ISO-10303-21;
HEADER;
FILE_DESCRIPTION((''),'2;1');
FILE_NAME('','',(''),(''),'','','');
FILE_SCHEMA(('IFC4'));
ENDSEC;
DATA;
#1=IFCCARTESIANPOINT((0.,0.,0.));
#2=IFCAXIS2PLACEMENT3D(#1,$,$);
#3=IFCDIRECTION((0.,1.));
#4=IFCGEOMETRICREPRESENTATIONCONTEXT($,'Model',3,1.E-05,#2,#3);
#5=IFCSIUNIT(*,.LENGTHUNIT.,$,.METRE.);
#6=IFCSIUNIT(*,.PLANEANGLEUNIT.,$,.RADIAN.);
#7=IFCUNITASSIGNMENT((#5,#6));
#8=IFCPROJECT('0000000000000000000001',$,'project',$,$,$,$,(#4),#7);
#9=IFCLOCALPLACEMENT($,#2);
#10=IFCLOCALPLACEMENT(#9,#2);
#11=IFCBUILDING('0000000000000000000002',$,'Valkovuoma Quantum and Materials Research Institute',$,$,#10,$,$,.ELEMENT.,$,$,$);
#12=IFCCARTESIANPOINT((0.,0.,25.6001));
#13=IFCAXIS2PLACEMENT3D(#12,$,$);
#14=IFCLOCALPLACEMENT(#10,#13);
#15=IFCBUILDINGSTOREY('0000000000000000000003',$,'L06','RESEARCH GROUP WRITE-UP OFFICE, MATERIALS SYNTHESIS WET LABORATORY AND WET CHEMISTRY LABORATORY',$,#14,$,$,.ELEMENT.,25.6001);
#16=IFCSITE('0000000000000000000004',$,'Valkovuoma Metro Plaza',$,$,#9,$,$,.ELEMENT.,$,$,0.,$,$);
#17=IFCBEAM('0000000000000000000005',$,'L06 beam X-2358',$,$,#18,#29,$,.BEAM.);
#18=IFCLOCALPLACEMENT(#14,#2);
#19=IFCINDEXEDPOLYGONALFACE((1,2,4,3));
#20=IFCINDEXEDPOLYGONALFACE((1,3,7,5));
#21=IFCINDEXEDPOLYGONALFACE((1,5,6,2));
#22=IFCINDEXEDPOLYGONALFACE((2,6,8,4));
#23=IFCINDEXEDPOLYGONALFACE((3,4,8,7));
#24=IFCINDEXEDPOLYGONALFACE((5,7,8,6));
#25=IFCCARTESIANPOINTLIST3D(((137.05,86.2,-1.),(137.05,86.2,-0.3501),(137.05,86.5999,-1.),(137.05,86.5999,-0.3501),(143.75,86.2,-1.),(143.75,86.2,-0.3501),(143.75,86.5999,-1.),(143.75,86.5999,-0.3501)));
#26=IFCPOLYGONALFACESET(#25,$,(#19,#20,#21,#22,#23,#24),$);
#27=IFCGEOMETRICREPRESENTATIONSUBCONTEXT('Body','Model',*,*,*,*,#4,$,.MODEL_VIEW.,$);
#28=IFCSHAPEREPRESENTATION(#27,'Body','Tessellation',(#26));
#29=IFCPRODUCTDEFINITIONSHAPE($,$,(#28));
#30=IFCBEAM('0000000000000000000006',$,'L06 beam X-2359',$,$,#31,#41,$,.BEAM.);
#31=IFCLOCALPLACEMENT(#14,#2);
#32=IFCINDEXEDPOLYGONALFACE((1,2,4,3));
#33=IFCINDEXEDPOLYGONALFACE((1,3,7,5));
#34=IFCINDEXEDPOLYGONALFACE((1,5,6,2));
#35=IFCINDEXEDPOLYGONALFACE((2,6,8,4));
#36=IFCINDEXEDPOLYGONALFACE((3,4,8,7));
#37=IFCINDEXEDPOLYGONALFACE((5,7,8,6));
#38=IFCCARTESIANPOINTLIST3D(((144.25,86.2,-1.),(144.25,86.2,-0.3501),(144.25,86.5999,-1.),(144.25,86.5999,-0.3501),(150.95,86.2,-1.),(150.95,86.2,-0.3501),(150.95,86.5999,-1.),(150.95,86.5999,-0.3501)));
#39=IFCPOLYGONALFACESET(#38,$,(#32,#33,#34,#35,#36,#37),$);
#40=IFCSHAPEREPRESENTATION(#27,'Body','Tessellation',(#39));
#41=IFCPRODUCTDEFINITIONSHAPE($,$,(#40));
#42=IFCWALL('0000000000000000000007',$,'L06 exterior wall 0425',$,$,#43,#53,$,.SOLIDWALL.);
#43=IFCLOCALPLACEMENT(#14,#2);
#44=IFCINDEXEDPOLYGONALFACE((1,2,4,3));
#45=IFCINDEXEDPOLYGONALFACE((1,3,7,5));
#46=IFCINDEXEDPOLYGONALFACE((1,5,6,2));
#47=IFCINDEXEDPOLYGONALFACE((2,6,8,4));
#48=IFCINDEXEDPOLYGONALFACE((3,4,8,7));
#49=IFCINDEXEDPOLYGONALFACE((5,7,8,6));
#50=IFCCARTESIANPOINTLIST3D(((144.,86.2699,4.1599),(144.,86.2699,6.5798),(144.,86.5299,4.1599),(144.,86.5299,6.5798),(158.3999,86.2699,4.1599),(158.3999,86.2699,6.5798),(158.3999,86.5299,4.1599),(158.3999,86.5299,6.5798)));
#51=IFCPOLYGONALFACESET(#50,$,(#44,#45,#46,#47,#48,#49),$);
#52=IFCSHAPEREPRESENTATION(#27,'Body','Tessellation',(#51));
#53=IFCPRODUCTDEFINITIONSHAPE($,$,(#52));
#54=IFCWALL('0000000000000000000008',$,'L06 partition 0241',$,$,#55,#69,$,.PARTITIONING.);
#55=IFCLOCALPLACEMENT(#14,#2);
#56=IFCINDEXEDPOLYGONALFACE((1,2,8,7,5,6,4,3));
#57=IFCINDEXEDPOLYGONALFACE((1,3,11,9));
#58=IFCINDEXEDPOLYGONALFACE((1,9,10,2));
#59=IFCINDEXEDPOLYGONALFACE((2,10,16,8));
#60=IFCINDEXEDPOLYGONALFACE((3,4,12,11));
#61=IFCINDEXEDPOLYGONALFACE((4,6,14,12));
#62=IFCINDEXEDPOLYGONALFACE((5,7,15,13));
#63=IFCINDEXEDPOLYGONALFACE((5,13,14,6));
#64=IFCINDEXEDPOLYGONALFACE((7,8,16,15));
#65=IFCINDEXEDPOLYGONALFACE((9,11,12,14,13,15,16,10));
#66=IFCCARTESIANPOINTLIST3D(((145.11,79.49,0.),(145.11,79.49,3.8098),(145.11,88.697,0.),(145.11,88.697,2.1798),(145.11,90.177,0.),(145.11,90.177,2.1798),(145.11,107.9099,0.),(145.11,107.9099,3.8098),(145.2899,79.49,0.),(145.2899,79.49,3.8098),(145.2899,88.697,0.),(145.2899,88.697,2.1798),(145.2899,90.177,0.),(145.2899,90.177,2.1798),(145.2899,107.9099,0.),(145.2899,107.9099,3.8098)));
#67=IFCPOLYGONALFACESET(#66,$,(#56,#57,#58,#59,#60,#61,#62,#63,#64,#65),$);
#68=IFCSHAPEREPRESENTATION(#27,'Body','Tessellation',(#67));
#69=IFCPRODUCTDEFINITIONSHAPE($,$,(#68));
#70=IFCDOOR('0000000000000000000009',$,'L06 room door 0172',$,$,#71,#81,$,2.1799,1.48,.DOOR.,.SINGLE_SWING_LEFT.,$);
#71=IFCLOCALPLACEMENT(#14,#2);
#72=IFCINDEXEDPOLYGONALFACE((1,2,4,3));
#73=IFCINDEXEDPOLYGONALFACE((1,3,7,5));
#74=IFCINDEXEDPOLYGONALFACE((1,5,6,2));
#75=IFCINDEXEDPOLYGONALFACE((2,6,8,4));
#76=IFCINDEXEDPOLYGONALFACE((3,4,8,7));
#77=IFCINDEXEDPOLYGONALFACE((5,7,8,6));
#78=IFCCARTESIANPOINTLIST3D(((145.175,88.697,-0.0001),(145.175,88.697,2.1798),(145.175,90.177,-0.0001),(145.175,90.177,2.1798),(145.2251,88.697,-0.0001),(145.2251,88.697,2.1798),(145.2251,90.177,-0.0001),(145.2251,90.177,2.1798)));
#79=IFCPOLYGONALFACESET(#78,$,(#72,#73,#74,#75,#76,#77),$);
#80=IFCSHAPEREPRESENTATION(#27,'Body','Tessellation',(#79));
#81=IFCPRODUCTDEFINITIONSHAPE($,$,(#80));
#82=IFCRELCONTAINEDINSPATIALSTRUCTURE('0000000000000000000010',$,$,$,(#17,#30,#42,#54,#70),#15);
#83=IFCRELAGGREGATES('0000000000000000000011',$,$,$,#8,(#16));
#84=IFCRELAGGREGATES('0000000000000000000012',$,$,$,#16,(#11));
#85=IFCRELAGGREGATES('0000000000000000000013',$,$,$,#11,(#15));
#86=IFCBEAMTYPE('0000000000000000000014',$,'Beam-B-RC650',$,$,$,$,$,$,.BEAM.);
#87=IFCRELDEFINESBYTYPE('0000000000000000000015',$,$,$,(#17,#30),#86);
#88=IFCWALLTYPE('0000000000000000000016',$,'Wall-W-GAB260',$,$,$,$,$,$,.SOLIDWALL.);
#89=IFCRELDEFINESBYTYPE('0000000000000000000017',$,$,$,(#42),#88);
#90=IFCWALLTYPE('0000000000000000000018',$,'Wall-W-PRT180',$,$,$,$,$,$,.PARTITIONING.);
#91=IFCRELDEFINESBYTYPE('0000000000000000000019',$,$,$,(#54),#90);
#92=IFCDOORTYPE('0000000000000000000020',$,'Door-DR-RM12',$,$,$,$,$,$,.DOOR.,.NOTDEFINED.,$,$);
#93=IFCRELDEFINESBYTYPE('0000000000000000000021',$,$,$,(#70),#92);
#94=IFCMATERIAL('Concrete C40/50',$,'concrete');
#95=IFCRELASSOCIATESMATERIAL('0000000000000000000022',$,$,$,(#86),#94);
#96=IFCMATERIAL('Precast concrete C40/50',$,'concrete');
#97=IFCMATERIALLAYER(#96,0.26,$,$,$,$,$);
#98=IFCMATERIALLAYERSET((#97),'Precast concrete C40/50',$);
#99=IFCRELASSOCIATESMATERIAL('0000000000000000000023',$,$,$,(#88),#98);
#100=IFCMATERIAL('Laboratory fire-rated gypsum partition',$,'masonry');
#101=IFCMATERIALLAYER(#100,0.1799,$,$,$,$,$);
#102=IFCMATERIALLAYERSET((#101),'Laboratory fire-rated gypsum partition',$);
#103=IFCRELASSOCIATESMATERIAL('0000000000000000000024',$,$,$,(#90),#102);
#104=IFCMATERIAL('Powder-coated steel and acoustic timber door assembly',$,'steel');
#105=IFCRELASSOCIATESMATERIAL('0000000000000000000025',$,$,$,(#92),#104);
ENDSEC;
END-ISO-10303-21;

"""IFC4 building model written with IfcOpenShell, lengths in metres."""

from ifc_helpers import new_model, si_unit, direction, frame, frame_2d, origin, origin_2d, place, context, subcontext, project, spatial, rectangle, extrude, material, layer, layer_set, material_profile, profile_set, type_object, element, fill, save


model = new_model("IFC4")

# Units and contexts
model_context = context("Model", 3, precision=1e-05, world=origin(), true_north=direction((0.0, 1.0)))
body_context = subcontext(model_context, "Body", "Model", "MODEL_VIEW")
ifc_project = project(units=[si_unit("LENGTHUNIT", "METRE"), si_unit("PLANEANGLEUNIT", "RADIAN")], contexts=[model_context])

# Site, building, storey
site_placement = place(None, origin())
site = spatial("IfcSite", under=ifc_project, at=site_placement, Name="Valkovuoma Metro Plaza", CompositionType="ELEMENT", RefElevation=0.0)
building_placement = place(site_placement, origin())
building = spatial("IfcBuilding", under=site, at=building_placement, Name="Valkovuoma Quantum and Materials Research Institute", CompositionType="ELEMENT")
storey_placement = place(building_placement, frame((0.0, 0.0, 25.6001)))
storey = spatial("IfcBuildingStorey", under=building, at=storey_placement, Name="L06", Description="RESEARCH GROUP WRITE-UP OFFICE, MATERIALS SYNTHESIS WET LABORATORY AND WET CHEMISTRY LABORATORY", CompositionType="ELEMENT", Elevation=25.6001)

# Beams
ifc_material_1 = material(Name="Concrete C40/50", Category="concrete")
ifc_material_profile_1 = material_profile(ifc_material_1, rectangle(XDim=0.3999, YDim=0.6499, at=origin_2d()), Name="Concrete C40/50")
ifc_profile_set_1 = profile_set([ifc_material_profile_1], Name="Concrete C40/50")
beam_type_1 = type_object("IfcBeamType", Name="Beam-B-RC650", PredefinedType="BEAM", material=ifc_profile_set_1)
for number, where, z_axis, x_axis, name in (
    (1, (137.05, 86.3999, -0.675), (1.0, 0.0, 0.0), (0.0, 1.0, 0.0), "L06 beam X-2358"),
    (2, (144.25, 86.3999, -0.675), (1.0, 0.0, 0.0), (0.0, 1.0, 0.0), "L06 beam X-2359"),
):
    element("IfcBeam", number, at=place(storey_placement, frame(where, z_axis=z_axis, x_axis=x_axis)), inside=storey, type_object=beam_type_1, Name=name, PredefinedType="BEAM", context=body_context, shape_type="SweptSolid", body=[
        extrude(rectangle(XDim=0.3999, YDim=0.6499, at=origin_2d()), origin(), (0.0, 0.0, 1.0), 6.7),
    ])

# Wall
ifc_material_2 = material(Name="Precast concrete C40/50", Category="concrete")
ifc_layer_1 = layer(ifc_material_2, 0.26)
ifc_layer_set_1 = layer_set([ifc_layer_1], Name="Precast concrete C40/50")
wall_type_1 = type_object("IfcWallType", Name="Wall-W-GAB260", PredefinedType="SOLIDWALL", material=ifc_layer_set_1)
wall_1_placement = place(storey_placement, frame((144.0, 86.3999, 4.1599), z_axis=(0.0, 0.0, 1.0), x_axis=(1.0, 0.0, 0.0)))
element("IfcWall", 3, at=wall_1_placement, inside=storey, type_object=wall_type_1, Name="L06 exterior wall 0425", PredefinedType="SOLIDWALL", context=body_context, shape_type="SweptSolid", body=[
    extrude(rectangle(XDim=14.3999, YDim=0.26, at=frame_2d((7.2, 0.0))), origin(), (0.0, 0.0, 1.0), 2.4199),
])

# Wall, opening, door
ifc_material_3 = material(Name="Laboratory fire-rated gypsum partition", Category="masonry")
ifc_layer_2 = layer(ifc_material_3, 0.1799)
ifc_layer_set_2 = layer_set([ifc_layer_2], Name="Laboratory fire-rated gypsum partition")
wall_type_2 = type_object("IfcWallType", Name="Wall-W-PRT180", PredefinedType="PARTITIONING", material=ifc_layer_set_2)
wall_2_placement = place(storey_placement, frame((145.2, 79.49, 0.0), z_axis=(0.0, 0.0, 1.0), x_axis=(0.0, 1.0, 0.0)))
wall_2 = element("IfcWall", 4, at=wall_2_placement, inside=storey, type_object=wall_type_2, Name="L06 partition 0241", PredefinedType="PARTITIONING", context=body_context, shape_type="SweptSolid", body=[
    extrude(rectangle(XDim=28.4199, YDim=0.1799, at=frame_2d((14.21, 0.0))), origin(), (0.0, 0.0, 1.0), 3.8098),
])
opening_placement = place(wall_2_placement, frame((9.207, 0.0, 0.0)))
opening = element("IfcOpeningElement", 5, at=opening_placement, cuts=wall_2, PredefinedType="OPENING", context=body_context, shape_type="SweptSolid", body=[
    extrude(rectangle(XDim=1.48, YDim=2.1799, at=frame_2d((0.74, 1.0898))), frame((0.0, 0.1001, 0.0), z_axis=(0.0, -1.0, 0.0), x_axis=(1.0, 0.0, 0.0)), (0.0, 0.0, 1.0), 0.2),
])
ifc_material_4 = material(Name="Powder-coated steel and acoustic timber door assembly", Category="steel")
door_type = type_object("IfcDoorType", Name="Door-DR-RM12", OperationType="NOTDEFINED", PredefinedType="DOOR", material=ifc_material_4)
door_placement = place(opening_placement, origin())
door = element("IfcDoor", 6, at=door_placement, inside=storey, type_object=door_type, Name="L06 room door 0172", OperationType="SINGLE_SWING_LEFT", OverallHeight=2.1799, OverallWidth=1.48, PredefinedType="DOOR", context=body_context, shape_type="SweptSolid", body=[
    extrude(rectangle(XDim=1.48, YDim=2.1799, at=frame_2d((0.74, 1.0898))), frame((0.0, 0.0249, 0.0), z_axis=(0.0, -1.0, 0.0), x_axis=(1.0, 0.0, 0.0)), (0.0, 0.0, 1.0), 0.05),
])
fill(opening, door)

save(model, "model.ifc")
